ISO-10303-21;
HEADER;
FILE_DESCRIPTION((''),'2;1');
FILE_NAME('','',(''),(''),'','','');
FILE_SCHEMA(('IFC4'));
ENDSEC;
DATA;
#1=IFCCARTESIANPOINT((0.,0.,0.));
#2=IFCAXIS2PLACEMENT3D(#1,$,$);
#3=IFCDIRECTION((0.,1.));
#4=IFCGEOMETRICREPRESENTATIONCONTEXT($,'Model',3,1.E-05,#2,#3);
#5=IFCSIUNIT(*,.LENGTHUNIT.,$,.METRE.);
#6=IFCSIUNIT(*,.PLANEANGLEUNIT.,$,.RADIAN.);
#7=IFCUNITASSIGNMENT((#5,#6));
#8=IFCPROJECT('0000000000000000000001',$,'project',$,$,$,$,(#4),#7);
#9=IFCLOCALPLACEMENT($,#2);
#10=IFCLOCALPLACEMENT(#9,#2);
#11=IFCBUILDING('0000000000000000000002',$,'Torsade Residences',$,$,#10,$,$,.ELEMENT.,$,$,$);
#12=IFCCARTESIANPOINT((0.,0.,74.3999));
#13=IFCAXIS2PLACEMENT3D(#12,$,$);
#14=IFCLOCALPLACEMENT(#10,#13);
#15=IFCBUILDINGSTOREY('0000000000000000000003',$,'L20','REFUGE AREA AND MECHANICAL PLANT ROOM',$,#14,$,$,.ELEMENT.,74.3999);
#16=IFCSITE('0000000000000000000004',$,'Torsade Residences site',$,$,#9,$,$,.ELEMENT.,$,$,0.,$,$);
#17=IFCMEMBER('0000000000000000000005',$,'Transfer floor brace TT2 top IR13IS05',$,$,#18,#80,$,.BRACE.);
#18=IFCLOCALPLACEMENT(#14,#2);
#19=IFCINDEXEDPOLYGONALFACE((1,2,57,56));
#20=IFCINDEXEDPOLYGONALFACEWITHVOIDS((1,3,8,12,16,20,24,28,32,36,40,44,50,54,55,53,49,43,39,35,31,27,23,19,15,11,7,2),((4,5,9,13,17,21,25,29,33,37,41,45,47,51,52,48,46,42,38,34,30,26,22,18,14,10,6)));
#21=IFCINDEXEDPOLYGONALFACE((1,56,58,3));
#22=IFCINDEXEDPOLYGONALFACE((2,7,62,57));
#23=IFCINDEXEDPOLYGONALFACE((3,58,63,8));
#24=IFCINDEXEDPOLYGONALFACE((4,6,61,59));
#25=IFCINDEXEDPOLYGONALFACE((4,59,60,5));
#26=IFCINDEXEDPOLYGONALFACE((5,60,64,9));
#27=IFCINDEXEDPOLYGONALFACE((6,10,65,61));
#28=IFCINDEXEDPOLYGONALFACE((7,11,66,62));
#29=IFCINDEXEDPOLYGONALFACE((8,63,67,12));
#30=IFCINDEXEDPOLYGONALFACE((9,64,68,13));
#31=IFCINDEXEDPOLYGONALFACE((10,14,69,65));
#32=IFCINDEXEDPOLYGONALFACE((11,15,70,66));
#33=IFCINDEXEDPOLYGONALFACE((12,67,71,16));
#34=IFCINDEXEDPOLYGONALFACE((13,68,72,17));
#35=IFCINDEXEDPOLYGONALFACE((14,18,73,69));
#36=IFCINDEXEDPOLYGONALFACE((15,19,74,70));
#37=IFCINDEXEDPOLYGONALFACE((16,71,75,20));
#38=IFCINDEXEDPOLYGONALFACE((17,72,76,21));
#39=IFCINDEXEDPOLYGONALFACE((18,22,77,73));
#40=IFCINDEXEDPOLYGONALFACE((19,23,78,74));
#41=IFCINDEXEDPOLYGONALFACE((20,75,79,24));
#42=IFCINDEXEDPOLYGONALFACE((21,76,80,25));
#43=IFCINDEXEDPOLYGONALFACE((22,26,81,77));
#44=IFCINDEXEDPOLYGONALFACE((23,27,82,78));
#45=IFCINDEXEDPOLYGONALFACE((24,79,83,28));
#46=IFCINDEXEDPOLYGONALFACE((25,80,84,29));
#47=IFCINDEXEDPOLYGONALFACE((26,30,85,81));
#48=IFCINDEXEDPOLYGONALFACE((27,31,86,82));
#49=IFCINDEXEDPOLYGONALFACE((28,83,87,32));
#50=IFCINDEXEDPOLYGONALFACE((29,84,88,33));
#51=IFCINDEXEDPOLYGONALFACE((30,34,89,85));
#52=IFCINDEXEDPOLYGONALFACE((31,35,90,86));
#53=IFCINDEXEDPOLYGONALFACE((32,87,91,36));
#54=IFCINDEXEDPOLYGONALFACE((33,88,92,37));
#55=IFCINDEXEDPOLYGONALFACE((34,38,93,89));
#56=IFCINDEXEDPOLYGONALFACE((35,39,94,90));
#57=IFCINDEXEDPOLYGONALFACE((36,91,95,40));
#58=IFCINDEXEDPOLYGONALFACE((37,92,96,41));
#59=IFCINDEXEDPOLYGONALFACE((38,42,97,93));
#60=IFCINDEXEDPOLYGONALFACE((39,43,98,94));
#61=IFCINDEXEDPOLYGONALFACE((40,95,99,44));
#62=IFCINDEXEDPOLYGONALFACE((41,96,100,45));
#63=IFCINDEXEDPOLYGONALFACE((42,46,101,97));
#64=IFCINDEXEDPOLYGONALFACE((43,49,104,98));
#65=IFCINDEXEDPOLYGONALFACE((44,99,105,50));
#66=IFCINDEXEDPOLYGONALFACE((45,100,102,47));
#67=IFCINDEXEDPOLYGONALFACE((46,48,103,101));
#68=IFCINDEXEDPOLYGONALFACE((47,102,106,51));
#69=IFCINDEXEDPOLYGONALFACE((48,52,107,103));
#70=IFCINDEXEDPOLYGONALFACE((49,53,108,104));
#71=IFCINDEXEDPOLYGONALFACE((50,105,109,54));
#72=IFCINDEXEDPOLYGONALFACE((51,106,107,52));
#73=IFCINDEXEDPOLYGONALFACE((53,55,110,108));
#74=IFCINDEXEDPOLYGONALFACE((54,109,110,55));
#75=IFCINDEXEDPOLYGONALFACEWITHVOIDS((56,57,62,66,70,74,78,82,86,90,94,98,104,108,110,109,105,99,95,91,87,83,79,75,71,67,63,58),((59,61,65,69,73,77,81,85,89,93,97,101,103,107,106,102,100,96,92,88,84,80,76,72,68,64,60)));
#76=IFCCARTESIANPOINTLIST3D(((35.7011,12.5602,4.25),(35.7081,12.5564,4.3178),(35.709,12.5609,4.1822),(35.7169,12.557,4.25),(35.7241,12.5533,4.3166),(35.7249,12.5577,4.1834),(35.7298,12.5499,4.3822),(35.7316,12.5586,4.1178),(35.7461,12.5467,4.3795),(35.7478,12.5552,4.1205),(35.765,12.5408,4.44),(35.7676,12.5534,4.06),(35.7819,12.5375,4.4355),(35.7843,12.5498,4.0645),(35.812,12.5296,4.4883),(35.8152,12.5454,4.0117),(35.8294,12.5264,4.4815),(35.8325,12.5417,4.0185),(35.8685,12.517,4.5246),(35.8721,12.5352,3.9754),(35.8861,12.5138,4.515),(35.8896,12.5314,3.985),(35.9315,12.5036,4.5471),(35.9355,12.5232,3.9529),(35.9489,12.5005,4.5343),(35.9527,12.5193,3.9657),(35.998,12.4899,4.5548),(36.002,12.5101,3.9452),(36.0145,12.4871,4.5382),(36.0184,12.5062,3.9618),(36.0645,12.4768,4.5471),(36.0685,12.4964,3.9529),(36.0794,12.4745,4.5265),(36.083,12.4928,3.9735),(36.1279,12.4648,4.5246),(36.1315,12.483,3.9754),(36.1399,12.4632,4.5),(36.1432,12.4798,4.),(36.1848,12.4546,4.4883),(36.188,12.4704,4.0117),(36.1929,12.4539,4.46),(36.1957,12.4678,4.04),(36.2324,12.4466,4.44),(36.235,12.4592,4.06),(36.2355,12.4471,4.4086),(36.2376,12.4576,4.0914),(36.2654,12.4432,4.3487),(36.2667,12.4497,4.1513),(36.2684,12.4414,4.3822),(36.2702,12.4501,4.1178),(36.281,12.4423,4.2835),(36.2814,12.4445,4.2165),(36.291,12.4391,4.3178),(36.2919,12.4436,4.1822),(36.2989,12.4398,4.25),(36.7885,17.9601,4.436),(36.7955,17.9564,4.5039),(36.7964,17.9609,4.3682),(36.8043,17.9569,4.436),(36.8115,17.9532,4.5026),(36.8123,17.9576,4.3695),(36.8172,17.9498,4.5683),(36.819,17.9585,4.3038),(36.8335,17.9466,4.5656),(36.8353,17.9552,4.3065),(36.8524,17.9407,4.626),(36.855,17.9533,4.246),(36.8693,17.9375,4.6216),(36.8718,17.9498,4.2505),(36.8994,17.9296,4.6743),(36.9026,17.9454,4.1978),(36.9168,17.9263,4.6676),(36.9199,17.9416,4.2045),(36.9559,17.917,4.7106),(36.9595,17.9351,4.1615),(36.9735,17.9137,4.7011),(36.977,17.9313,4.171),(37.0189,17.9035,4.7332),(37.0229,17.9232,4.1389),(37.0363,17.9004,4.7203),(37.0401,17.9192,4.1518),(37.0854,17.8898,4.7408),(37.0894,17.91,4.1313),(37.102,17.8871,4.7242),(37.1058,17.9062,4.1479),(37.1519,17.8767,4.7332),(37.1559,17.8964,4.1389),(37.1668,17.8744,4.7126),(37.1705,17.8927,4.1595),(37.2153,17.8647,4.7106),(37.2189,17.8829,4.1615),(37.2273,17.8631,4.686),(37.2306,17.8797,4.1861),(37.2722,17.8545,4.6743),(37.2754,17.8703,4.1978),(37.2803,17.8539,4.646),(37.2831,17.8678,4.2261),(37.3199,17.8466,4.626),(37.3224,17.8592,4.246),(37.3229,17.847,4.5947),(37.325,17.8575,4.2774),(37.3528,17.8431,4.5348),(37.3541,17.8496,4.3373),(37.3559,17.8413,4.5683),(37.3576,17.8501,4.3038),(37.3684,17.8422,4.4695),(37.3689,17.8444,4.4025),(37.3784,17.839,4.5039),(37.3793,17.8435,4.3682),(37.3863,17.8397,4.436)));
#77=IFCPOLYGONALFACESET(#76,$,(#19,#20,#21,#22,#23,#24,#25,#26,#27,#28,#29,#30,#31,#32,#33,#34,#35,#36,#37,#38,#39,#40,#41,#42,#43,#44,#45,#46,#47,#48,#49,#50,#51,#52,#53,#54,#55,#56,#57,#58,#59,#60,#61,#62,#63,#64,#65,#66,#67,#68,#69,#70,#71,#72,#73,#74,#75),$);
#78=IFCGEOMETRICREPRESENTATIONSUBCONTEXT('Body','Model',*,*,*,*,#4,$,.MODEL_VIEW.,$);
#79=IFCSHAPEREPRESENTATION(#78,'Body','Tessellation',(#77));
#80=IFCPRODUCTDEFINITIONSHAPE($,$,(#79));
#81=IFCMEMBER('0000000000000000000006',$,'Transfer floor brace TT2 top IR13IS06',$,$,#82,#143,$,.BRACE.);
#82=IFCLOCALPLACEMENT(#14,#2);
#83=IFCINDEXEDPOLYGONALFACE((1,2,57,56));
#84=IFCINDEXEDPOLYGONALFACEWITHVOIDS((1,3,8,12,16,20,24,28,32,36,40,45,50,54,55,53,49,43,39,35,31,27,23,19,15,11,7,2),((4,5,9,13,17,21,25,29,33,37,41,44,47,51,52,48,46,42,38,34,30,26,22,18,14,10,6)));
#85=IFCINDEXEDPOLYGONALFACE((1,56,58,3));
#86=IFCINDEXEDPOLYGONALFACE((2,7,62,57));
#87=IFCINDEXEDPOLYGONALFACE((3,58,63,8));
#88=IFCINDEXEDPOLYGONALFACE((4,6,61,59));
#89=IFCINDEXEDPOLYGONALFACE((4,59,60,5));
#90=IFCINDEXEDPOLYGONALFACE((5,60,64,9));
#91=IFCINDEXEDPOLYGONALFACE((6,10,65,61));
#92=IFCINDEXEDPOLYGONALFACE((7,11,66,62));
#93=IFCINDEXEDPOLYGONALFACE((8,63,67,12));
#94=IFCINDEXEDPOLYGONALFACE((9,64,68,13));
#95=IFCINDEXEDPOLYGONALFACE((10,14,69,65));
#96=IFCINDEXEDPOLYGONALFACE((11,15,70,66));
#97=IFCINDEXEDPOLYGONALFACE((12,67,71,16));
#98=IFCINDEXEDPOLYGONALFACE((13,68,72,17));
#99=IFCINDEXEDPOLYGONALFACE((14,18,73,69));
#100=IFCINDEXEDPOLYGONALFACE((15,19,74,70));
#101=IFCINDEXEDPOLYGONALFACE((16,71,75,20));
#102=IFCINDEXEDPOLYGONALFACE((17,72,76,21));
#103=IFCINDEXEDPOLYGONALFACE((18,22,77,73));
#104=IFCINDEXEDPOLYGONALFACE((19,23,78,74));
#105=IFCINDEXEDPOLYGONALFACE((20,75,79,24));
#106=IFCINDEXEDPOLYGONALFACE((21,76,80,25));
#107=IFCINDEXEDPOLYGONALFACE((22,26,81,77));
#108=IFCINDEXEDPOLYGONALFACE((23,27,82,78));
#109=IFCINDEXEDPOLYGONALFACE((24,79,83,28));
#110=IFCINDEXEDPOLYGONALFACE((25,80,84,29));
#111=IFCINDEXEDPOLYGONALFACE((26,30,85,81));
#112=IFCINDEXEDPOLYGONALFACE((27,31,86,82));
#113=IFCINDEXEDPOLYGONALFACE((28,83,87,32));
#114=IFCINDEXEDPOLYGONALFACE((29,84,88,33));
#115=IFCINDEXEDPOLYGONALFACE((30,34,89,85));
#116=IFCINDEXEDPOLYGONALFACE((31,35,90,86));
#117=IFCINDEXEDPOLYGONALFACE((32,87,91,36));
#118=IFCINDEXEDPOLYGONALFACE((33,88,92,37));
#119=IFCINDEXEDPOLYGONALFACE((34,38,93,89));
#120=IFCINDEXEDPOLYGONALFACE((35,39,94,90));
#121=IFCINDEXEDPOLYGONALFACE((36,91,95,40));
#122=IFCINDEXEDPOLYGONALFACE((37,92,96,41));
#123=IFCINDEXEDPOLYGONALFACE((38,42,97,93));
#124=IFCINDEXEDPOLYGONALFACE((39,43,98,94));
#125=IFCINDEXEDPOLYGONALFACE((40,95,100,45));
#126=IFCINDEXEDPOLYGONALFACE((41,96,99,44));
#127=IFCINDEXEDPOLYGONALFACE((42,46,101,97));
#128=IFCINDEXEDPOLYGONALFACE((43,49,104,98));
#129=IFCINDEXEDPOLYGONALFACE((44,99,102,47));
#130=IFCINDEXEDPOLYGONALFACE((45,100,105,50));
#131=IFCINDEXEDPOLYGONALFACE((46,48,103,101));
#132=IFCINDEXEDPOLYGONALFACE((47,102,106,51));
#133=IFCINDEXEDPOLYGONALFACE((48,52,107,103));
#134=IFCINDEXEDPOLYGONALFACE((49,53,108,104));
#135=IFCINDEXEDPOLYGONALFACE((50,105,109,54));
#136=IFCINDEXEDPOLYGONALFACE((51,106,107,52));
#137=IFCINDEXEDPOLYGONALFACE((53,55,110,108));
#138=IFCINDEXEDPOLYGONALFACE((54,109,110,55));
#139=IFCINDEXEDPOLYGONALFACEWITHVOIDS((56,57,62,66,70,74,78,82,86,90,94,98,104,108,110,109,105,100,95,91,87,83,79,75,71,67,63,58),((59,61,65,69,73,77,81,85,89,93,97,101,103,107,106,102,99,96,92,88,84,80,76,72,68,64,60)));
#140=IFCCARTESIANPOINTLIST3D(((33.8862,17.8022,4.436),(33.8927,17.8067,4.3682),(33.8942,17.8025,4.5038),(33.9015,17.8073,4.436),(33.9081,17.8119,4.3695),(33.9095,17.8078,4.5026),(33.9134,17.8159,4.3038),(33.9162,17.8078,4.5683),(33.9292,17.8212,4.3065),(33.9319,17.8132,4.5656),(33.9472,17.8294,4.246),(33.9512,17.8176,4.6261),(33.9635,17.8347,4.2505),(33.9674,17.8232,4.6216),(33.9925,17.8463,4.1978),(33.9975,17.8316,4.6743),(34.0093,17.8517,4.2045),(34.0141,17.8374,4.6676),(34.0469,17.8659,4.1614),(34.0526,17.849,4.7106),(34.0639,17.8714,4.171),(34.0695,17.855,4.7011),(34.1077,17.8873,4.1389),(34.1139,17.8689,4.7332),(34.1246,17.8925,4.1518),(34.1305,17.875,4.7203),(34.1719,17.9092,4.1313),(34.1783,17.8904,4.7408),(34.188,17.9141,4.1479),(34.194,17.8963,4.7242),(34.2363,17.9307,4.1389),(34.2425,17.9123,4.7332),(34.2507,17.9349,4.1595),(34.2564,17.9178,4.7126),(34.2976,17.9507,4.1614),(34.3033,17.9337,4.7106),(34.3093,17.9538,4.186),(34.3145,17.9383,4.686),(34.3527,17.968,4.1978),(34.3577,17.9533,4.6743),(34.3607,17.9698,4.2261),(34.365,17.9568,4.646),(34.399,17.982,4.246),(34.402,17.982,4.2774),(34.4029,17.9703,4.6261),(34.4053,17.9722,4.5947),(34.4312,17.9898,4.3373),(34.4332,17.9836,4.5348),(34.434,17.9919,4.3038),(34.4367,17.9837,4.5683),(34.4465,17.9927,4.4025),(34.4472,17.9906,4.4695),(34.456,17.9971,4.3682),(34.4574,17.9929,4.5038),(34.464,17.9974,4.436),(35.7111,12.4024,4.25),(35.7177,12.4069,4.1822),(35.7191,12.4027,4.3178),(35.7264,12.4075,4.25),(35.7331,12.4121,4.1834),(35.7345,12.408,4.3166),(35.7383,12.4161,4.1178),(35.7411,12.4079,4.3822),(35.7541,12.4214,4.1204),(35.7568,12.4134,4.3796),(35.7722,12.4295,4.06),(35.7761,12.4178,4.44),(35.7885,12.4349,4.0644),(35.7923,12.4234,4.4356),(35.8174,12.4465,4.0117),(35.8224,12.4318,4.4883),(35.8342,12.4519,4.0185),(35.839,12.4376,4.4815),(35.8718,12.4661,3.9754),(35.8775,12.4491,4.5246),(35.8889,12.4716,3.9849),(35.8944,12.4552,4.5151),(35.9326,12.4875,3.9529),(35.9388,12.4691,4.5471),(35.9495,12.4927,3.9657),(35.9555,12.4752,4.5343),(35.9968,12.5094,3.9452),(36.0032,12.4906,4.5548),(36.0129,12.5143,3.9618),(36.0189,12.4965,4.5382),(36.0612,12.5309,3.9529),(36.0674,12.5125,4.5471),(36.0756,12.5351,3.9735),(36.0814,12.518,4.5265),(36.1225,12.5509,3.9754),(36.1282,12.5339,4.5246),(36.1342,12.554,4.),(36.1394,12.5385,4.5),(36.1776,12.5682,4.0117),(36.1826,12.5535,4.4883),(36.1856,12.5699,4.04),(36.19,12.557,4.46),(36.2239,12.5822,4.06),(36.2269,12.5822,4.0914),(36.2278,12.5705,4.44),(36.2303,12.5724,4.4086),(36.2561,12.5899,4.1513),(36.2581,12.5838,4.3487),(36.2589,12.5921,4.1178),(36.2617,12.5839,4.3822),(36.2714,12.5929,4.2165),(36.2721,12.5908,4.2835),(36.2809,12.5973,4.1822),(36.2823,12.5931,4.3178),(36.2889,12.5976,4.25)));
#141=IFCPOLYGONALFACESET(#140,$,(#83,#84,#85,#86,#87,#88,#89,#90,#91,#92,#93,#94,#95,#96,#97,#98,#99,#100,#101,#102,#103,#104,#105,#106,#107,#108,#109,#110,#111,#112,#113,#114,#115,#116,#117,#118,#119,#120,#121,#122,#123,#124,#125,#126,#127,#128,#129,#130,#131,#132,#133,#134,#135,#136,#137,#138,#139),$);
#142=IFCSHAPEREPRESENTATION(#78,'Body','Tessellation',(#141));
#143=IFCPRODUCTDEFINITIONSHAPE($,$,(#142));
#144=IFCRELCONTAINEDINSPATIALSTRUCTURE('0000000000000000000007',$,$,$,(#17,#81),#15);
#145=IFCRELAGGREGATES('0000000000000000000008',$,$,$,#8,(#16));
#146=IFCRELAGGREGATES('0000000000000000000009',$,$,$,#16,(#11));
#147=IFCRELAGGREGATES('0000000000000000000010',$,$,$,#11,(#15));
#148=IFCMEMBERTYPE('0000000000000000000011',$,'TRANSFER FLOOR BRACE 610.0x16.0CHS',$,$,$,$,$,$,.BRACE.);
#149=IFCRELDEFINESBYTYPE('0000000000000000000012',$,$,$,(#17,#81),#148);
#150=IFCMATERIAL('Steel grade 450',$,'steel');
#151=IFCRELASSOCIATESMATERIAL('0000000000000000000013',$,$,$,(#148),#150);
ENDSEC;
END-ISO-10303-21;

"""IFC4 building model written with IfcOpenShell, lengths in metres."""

from ifc_helpers import new_model, si_unit, direction, frame, origin, origin_2d, place, context, subcontext, project, spatial, hollow_circle, extrude, material, material_profile, profile_set, type_object, element, save


model = new_model("IFC4")

# Units and contexts
model_context = context("Model", 3, precision=1e-05, world=origin(), true_north=direction((0.0, 1.0)))
body_context = subcontext(model_context, "Body", "Model", "MODEL_VIEW")
ifc_project = project(units=[si_unit("LENGTHUNIT", "METRE"), si_unit("PLANEANGLEUNIT", "RADIAN")], contexts=[model_context])

# Site, building, storey
site_placement = place(None, origin())
site = spatial("IfcSite", under=ifc_project, at=site_placement, Name="Torsade Residences site", CompositionType="ELEMENT", RefElevation=0.0)
building_placement = place(site_placement, origin())
building = spatial("IfcBuilding", under=site, at=building_placement, Name="Torsade Residences", CompositionType="ELEMENT")
storey_placement = place(building_placement, frame((0.0, 0.0, 74.3999)))
storey = spatial("IfcBuildingStorey", under=building, at=storey_placement, Name="L20", Description="REFUGE AREA AND MECHANICAL PLANT ROOM", CompositionType="ELEMENT", Elevation=74.3999)

# Members
ifc_material_1 = material(Name="Steel grade 450", Category="steel")
ifc_material_profile_1 = material_profile(ifc_material_1, hollow_circle(Radius=0.3049, WallThickness=0.0161, at=origin_2d()), Name="610.0x16.0CHS")
ifc_profile_set_1 = profile_set([ifc_material_profile_1], Name="Steel grade 450")
member_type_1 = type_object("IfcMemberType", Name="TRANSFER FLOOR BRACE 610.0x16.0CHS", PredefinedType="BRACE", material=ifc_profile_set_1)
member_1_placement = place(storey_placement, frame((36.0, 12.5, 4.25), z_axis=(0.197299, 0.979762, 0.033754), x_axis=(-0.980321, 0.197412, 0.0)))
element("IfcMember", 1, at=member_1_placement, inside=storey, type_object=member_type_1, Name="Transfer floor brace TT2 top IR13IS05", PredefinedType="BRACE", context=body_context, shape_type="SweptSolid", body=[
    extrude(hollow_circle(Radius=0.3049, WallThickness=0.0161, at=origin_2d()), origin(), (0.0, 0.0, 1.0), 5.5115),
])
member_2_placement = place(storey_placement, frame((36.0, 12.5, 4.25), z_axis=(-0.319999, 0.946856, 0.032621), x_axis=(-0.94736, -0.32017, 0.0)))
element("IfcMember", 2, at=member_2_placement, inside=storey, type_object=member_type_1, Name="Transfer floor brace TT2 top IR13IS06", PredefinedType="BRACE", context=body_context, shape_type="SweptSolid", body=[
    extrude(hollow_circle(Radius=0.3049, WallThickness=0.0161, at=origin_2d()), origin(), (0.0, 0.0, 1.0), 5.7029),
])

save(model, "model.ifc")
